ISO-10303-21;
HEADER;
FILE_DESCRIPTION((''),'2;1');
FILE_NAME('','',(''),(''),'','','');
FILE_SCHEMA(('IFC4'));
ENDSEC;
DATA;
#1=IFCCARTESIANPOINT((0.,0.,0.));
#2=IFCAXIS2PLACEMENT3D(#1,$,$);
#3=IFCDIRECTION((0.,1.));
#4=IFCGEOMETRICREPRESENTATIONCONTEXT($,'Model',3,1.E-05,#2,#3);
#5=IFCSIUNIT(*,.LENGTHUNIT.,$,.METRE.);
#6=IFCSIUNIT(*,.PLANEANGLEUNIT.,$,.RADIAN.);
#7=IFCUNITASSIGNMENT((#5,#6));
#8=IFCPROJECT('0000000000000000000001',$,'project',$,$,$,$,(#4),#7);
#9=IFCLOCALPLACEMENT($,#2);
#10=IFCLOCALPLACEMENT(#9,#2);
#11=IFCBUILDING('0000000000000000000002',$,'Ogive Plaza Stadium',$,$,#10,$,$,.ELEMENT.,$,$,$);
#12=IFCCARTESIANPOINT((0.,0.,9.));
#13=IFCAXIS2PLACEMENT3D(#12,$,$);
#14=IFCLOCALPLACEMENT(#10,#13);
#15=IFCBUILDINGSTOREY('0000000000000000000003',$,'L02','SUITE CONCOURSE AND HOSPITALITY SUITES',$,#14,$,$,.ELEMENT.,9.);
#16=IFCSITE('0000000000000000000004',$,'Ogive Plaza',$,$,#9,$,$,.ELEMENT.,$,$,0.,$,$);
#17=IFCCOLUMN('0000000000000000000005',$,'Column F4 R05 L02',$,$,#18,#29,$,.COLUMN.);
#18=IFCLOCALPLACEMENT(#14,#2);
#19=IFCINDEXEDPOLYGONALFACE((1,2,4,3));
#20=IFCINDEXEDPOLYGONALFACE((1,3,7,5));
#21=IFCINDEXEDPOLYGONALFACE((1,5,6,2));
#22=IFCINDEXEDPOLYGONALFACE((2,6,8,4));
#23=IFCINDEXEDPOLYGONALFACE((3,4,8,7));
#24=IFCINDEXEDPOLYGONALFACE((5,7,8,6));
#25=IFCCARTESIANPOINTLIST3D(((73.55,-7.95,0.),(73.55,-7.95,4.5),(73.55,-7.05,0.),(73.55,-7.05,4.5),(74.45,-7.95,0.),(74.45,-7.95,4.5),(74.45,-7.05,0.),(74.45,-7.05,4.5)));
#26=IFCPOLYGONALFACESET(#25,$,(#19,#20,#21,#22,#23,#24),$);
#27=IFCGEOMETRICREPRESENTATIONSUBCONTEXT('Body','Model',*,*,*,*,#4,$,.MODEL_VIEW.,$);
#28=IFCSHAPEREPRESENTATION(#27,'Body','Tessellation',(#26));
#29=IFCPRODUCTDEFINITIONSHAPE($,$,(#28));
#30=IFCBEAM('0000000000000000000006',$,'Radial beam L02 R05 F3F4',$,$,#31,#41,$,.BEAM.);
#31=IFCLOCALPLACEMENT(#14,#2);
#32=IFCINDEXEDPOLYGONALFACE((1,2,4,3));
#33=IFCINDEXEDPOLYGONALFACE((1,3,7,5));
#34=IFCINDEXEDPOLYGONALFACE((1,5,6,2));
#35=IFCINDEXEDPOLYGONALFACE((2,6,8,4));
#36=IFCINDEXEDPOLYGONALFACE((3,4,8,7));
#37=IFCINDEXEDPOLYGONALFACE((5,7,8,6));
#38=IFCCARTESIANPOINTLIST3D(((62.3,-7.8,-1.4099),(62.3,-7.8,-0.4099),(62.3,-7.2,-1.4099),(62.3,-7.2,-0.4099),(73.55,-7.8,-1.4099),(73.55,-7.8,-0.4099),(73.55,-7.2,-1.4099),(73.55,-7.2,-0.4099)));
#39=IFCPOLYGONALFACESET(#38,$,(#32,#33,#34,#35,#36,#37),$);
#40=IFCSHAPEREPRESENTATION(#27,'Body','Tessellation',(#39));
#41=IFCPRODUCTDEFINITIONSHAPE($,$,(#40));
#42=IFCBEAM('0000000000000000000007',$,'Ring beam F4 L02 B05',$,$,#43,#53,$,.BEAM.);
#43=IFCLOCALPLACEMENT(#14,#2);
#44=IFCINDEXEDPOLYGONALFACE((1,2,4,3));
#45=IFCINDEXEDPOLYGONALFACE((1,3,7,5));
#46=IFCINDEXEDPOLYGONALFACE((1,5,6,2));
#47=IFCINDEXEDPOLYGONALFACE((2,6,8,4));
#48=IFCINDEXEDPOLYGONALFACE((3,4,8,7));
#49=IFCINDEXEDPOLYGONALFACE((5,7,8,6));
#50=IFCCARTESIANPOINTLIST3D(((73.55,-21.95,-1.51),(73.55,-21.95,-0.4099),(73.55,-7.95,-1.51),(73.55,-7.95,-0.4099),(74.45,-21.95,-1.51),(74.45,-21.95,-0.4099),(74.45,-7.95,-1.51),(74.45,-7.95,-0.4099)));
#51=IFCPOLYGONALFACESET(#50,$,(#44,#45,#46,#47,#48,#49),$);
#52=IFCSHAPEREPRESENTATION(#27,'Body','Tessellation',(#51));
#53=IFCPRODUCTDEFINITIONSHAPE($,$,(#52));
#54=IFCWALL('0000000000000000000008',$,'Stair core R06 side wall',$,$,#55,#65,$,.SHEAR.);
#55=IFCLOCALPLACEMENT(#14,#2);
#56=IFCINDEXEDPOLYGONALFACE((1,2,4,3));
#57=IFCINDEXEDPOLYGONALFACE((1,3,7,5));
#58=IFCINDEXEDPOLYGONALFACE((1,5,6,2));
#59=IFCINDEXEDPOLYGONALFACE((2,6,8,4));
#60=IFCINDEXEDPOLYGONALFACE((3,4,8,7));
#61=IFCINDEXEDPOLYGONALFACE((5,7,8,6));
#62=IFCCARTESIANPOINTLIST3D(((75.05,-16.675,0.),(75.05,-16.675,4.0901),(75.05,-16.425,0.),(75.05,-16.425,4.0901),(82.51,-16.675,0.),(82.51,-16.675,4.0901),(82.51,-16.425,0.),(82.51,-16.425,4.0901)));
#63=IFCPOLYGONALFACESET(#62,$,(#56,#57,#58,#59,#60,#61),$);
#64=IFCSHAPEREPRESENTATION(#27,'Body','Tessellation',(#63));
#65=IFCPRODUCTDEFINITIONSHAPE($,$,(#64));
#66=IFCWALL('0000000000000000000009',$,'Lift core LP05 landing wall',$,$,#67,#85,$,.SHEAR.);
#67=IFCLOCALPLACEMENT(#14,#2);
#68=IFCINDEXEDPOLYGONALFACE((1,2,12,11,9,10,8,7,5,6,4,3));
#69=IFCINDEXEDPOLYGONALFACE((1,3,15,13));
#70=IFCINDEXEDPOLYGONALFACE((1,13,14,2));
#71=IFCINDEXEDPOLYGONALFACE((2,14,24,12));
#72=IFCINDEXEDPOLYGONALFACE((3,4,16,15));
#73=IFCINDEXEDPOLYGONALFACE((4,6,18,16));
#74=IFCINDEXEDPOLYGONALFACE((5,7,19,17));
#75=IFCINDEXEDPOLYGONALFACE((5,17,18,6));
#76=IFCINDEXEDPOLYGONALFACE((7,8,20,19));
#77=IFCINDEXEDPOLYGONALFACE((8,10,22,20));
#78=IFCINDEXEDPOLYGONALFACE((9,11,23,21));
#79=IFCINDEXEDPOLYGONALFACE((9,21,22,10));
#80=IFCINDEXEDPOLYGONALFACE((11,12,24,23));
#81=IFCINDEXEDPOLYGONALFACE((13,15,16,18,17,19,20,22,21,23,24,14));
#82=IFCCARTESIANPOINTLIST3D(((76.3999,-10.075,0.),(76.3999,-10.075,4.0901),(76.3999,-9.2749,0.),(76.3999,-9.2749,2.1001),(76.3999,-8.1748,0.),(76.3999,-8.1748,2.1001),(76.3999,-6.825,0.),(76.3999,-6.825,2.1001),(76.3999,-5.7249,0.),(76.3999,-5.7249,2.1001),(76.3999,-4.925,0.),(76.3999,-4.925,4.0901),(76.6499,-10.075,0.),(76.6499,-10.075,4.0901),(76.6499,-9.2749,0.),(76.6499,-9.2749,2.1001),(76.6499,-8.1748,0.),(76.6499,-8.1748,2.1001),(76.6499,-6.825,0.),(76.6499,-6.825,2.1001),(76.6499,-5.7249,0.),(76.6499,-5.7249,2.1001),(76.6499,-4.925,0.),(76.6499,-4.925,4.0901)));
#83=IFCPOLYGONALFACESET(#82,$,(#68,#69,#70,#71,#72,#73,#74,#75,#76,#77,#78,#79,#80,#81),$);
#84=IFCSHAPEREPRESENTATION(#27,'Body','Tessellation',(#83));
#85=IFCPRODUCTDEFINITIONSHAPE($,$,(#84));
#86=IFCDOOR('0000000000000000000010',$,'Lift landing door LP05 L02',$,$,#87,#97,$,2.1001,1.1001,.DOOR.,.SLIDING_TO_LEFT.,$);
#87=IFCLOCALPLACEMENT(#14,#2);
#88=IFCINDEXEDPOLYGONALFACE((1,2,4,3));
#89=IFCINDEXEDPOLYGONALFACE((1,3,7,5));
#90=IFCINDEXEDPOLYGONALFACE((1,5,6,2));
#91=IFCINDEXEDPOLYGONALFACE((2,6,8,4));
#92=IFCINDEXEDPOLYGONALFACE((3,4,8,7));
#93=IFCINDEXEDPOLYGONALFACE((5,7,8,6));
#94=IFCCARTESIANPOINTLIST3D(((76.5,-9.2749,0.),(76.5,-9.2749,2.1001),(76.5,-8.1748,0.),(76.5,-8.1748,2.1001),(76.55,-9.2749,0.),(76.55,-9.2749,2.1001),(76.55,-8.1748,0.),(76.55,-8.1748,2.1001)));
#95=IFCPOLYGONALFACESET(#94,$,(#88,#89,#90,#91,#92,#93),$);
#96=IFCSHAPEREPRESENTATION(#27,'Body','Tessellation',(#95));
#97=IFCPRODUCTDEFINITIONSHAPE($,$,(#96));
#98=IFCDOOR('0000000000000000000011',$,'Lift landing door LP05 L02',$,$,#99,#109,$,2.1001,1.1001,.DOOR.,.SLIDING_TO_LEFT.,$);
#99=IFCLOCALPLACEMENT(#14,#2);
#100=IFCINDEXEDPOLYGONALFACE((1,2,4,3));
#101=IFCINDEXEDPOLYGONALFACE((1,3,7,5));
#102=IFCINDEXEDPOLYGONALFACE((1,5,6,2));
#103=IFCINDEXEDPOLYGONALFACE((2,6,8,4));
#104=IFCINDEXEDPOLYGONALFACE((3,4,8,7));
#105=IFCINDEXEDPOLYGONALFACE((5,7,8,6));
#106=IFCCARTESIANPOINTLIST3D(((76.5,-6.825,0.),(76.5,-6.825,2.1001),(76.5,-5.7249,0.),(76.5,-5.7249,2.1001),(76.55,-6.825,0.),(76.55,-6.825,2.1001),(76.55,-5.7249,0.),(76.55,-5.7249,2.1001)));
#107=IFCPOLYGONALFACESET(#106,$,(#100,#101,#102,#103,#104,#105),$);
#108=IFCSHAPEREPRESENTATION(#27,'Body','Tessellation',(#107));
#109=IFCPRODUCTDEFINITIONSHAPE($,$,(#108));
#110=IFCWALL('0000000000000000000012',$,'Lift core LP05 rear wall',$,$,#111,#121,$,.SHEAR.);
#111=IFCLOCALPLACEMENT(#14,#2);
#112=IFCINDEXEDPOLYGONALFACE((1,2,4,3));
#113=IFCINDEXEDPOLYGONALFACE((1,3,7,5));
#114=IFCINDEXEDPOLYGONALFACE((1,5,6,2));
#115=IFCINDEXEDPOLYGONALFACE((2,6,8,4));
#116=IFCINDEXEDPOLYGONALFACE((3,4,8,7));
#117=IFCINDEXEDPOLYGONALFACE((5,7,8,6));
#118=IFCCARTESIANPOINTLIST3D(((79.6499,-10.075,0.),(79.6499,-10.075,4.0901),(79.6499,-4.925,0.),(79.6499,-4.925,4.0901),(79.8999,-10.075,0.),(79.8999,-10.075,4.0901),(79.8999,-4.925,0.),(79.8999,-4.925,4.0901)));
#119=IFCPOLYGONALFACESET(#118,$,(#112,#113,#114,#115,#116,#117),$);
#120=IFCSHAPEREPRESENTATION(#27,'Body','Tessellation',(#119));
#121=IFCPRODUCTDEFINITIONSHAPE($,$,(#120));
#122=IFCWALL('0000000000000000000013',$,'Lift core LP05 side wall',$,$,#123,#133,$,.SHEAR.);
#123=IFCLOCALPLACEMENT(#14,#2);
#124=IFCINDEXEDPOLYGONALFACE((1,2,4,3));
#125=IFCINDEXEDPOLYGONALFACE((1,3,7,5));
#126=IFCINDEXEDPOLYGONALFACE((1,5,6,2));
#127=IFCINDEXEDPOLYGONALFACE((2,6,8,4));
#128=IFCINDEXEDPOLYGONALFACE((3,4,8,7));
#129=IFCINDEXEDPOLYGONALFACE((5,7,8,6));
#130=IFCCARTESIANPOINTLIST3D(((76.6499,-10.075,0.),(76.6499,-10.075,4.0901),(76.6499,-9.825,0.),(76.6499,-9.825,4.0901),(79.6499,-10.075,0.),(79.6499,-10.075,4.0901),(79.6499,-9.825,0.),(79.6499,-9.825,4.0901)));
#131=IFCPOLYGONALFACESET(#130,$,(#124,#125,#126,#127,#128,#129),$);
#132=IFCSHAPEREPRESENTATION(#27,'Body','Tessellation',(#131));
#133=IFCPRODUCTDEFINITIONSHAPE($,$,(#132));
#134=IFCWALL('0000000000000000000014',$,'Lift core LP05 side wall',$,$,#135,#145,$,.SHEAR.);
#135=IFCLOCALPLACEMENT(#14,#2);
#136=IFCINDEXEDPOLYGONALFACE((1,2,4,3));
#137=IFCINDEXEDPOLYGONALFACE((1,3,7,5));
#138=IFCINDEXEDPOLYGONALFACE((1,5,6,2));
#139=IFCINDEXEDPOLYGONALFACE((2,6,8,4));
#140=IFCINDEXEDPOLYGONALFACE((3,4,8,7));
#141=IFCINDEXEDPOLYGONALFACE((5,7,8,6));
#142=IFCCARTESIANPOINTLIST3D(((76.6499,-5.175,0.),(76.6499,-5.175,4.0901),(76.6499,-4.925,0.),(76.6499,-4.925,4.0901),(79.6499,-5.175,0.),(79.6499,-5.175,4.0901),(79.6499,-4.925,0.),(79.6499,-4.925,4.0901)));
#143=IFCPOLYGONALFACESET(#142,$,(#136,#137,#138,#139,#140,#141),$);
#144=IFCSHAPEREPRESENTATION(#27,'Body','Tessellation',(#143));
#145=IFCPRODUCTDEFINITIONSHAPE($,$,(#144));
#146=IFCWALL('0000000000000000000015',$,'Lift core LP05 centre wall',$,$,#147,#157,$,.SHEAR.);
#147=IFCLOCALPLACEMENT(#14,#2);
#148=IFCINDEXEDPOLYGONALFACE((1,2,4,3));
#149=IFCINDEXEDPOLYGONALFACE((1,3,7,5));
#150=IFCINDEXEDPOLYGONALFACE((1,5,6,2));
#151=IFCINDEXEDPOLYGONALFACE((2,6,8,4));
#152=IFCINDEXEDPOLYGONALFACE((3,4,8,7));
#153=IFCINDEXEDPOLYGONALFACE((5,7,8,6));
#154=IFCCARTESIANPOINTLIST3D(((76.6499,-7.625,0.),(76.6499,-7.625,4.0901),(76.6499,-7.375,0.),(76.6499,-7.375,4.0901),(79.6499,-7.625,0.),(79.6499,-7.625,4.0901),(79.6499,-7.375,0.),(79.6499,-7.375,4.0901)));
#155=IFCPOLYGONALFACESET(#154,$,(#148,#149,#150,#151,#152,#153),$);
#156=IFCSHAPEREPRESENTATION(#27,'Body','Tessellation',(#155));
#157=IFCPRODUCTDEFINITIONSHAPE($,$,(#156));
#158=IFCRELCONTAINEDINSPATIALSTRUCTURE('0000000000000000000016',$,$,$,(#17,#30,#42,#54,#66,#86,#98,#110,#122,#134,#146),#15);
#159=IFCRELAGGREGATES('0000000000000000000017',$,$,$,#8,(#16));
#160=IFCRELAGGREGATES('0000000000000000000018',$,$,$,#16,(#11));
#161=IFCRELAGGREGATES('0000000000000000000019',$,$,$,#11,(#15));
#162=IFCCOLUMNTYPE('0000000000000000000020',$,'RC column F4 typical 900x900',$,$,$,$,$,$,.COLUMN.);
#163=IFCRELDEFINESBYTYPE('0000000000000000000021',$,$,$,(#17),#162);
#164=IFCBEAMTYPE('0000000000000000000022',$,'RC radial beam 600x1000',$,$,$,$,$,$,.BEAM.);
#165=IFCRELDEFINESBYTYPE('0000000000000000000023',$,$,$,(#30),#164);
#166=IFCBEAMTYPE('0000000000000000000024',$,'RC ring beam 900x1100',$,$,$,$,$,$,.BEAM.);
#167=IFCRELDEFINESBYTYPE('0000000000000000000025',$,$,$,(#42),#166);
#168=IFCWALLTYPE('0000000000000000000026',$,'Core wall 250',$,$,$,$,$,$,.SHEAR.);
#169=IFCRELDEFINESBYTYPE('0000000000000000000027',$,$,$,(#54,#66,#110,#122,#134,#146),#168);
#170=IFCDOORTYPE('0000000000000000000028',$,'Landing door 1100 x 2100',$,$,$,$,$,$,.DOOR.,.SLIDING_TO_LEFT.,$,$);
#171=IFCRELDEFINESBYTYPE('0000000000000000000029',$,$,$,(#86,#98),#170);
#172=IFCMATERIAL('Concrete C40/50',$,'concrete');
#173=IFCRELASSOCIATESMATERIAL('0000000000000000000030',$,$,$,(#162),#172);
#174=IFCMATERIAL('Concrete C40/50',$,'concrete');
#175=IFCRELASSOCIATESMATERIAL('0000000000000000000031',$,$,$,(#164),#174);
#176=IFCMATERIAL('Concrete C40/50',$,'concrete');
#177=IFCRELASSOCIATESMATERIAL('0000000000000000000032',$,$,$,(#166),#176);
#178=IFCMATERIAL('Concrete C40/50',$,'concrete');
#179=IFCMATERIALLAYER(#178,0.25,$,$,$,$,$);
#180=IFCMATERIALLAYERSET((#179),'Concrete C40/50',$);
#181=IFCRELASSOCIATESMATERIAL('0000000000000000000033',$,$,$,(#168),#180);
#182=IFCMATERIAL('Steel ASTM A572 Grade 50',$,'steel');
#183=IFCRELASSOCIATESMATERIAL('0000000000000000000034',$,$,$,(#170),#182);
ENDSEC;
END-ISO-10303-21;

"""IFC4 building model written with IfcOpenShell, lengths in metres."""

from ifc_helpers import new_model, si_unit, direction, frame, frame_2d, origin, origin_2d, place, context, subcontext, project, spatial, rectangle, extrude, material, layer, layer_set, material_profile, profile_set, type_object, element, fill, save


model = new_model("IFC4")

# Units and contexts
model_context = context("Model", 3, precision=1e-05, world=origin(), true_north=direction((0.0, 1.0)))
body_context = subcontext(model_context, "Body", "Model", "MODEL_VIEW")
ifc_project = project(units=[si_unit("LENGTHUNIT", "METRE"), si_unit("PLANEANGLEUNIT", "RADIAN")], contexts=[model_context])

# Site, building, storey
site_placement = place(None, origin())
site = spatial("IfcSite", under=ifc_project, at=site_placement, Name="Ogive Plaza", CompositionType="ELEMENT", RefElevation=0.0)
building_placement = place(site_placement, origin())
building = spatial("IfcBuilding", under=site, at=building_placement, Name="Ogive Plaza Stadium", CompositionType="ELEMENT")
storey_placement = place(building_placement, frame((0.0, 0.0, 9.0)))
storey = spatial("IfcBuildingStorey", under=building, at=storey_placement, Name="L02", Description="SUITE CONCOURSE AND HOSPITALITY SUITES", CompositionType="ELEMENT", Elevation=9.0)

# Column
ifc_material_1 = material(Name="Concrete C40/50", Category="concrete")
ifc_material_profile_1 = material_profile(ifc_material_1, rectangle(XDim=0.8999, YDim=0.8999, at=origin_2d()), Name="RC 900x900")
ifc_profile_set_1 = profile_set([ifc_material_profile_1], Name="Concrete C40/50")
column_type = type_object("IfcColumnType", Name="RC column F4 typical 900x900", PredefinedType="COLUMN", material=ifc_profile_set_1)
column_placement = place(storey_placement, frame((74.0, -7.5, 0.0), z_axis=(0.0, 0.0, 1.0), x_axis=(0.0, 1.0, 0.0)))
element("IfcColumn", 1, at=column_placement, inside=storey, type_object=column_type, Name="Column F4 R05 L02", PredefinedType="COLUMN", context=body_context, shape_type="SweptSolid", body=[
    extrude(rectangle(XDim=0.8999, YDim=0.8999, at=origin_2d()), origin(), (0.0, 0.0, 1.0), 4.5),
])

# Beams
ifc_material_2 = material(Name="Concrete C40/50", Category="concrete")
ifc_material_profile_2 = material_profile(ifc_material_2, rectangle(XDim=0.6001, YDim=1.0, at=origin_2d()), Name="RC 600x1000")
ifc_profile_set_2 = profile_set([ifc_material_profile_2], Name="Concrete C40/50")
beam_type_1 = type_object("IfcBeamType", Name="RC radial beam 600x1000", PredefinedType="BEAM", material=ifc_profile_set_2)
beam_1_placement = place(storey_placement, frame((62.3, -7.5, -0.9099), z_axis=(1.0, 0.0, 0.0), x_axis=(0.0, 1.0, 0.0)))
element("IfcBeam", 2, at=beam_1_placement, inside=storey, type_object=beam_type_1, Name="Radial beam L02 R05 F3F4", PredefinedType="BEAM", context=body_context, shape_type="SweptSolid", body=[
    extrude(rectangle(XDim=0.6001, YDim=1.0, at=origin_2d()), origin(), (0.0, 0.0, 1.0), 11.25),
])
ifc_material_3 = material(Name="Concrete C40/50", Category="concrete")
ifc_material_profile_3 = material_profile(ifc_material_3, rectangle(XDim=0.8999, YDim=1.1001, at=origin_2d()), Name="RC 900x1100")
ifc_profile_set_3 = profile_set([ifc_material_profile_3], Name="Concrete C40/50")
beam_type_2 = type_object("IfcBeamType", Name="RC ring beam 900x1100", PredefinedType="BEAM", material=ifc_profile_set_3)
beam_2_placement = place(storey_placement, frame((74.0, -7.95, -0.96), z_axis=(0.0, -1.0, 0.0), x_axis=(1.0, 0.0, 0.0)))
element("IfcBeam", 3, at=beam_2_placement, inside=storey, type_object=beam_type_2, Name="Ring beam F4 L02 B05", PredefinedType="BEAM", context=body_context, shape_type="SweptSolid", body=[
    extrude(rectangle(XDim=0.8999, YDim=1.1001, at=origin_2d()), origin(), (0.0, 0.0, 1.0), 14.0),
])

# Wall
ifc_material_4 = material(Name="Concrete C40/50", Category="concrete")
ifc_layer_1 = layer(ifc_material_4, 0.25)
ifc_layer_set_1 = layer_set([ifc_layer_1], Name="Concrete C40/50")
wall_type_1 = type_object("IfcWallType", Name="Core wall 250", PredefinedType="SHEAR", material=ifc_layer_set_1)
wall_1_placement = place(storey_placement, frame((75.05, -16.55, 0.0), z_axis=(0.0, 0.0, 1.0), x_axis=(1.0, 0.0, 0.0)))
element("IfcWall", 4, at=wall_1_placement, inside=storey, type_object=wall_type_1, Name="Stair core R06 side wall", PredefinedType="SHEAR", context=body_context, shape_type="SweptSolid", body=[
    extrude(rectangle(XDim=7.46, YDim=0.25, at=frame_2d((3.73, 0.0))), origin(), (0.0, 0.0, 1.0), 4.0901),
])

# Wall, openings, doors
wall_2_placement = place(storey_placement, frame((76.5249, -10.075, 0.0), z_axis=(0.0, 0.0, 1.0), x_axis=(0.0, 1.0, 0.0)))
wall_2 = element("IfcWall", 5, at=wall_2_placement, inside=storey, type_object=wall_type_1, Name="Lift core LP05 landing wall", PredefinedType="SHEAR", context=body_context, shape_type="SweptSolid", body=[
    extrude(rectangle(XDim=5.1499, YDim=0.25, at=frame_2d((2.575, 0.0))), origin(), (0.0, 0.0, 1.0), 4.0901),
])
opening_1_placement = place(wall_2_placement, frame((0.8, 0.0, 0.0)))
opening_1 = element("IfcOpeningElement", 6, at=opening_1_placement, cuts=wall_2, PredefinedType="OPENING", context=body_context, shape_type="SweptSolid", body=[
    extrude(rectangle(XDim=1.1001, YDim=2.1001, at=frame_2d((0.55, 1.05))), frame((0.0, 0.125, 0.0), z_axis=(0.0, -1.0, 0.0), x_axis=(1.0, 0.0, 0.0)), (0.0, 0.0, 1.0), 0.25),
])
opening_2_placement = place(wall_2_placement, frame((3.25, 0.0, 0.0)))
opening_2 = element("IfcOpeningElement", 7, at=opening_2_placement, cuts=wall_2, PredefinedType="OPENING", context=body_context, shape_type="SweptSolid", body=[
    extrude(rectangle(XDim=1.1001, YDim=2.1001, at=frame_2d((0.55, 1.05))), frame((0.0, 0.125, 0.0), z_axis=(0.0, -1.0, 0.0), x_axis=(1.0, 0.0, 0.0)), (0.0, 0.0, 1.0), 0.25),
])
ifc_material_5 = material(Name="Steel ASTM A572 Grade 50", Category="steel")
door_type_1 = type_object("IfcDoorType", Name="Landing door 1100 x 2100", OperationType="SLIDING_TO_LEFT", PredefinedType="DOOR", material=ifc_material_5)
door_1_placement = place(opening_1_placement, origin())
door_1 = element("IfcDoor", 8, at=door_1_placement, inside=storey, type_object=door_type_1, Name="Lift landing door LP05 L02", OperationType="SLIDING_TO_LEFT", OverallHeight=2.1001, OverallWidth=1.1001, PredefinedType="DOOR", context=body_context, shape_type="SweptSolid", body=[
    extrude(rectangle(XDim=1.1001, YDim=2.1001, at=frame_2d((0.55, 1.05))), frame((0.0, 0.0249, 0.0), z_axis=(0.0, -1.0, 0.0), x_axis=(1.0, 0.0, 0.0)), (0.0, 0.0, 1.0), 0.05),
])
fill(opening_1, door_1)
door_2_placement = place(opening_2_placement, origin())
door_2 = element("IfcDoor", 9, at=door_2_placement, inside=storey, type_object=door_type_1, Name="Lift landing door LP05 L02", OperationType="SLIDING_TO_LEFT", OverallHeight=2.1001, OverallWidth=1.1001, PredefinedType="DOOR", context=body_context, shape_type="SweptSolid", body=[
    extrude(rectangle(XDim=1.1001, YDim=2.1001, at=frame_2d((0.55, 1.05))), frame((0.0, 0.0249, 0.0), z_axis=(0.0, -1.0, 0.0), x_axis=(1.0, 0.0, 0.0)), (0.0, 0.0, 1.0), 0.05),
])
fill(opening_2, door_2)

# Walls
wall_3_placement = place(storey_placement, frame((79.7749, -10.075, 0.0), z_axis=(0.0, 0.0, 1.0), x_axis=(0.0, 1.0, 0.0)))
element("IfcWall", 10, at=wall_3_placement, inside=storey, type_object=wall_type_1, Name="Lift core LP05 rear wall", PredefinedType="SHEAR", context=body_context, shape_type="SweptSolid", body=[
    extrude(rectangle(XDim=5.1499, YDim=0.25, at=frame_2d((2.575, 0.0))), origin(), (0.0, 0.0, 1.0), 4.0901),
])
for number, where, z_axis, x_axis, name in (
    (11, (76.6499, -9.95, 0.0), (0.0, 0.0, 1.0), (1.0, 0.0, 0.0), "Lift core LP05 side wall"),
    (12, (76.6499, -5.05, 0.0), (0.0, 0.0, 1.0), (1.0, 0.0, 0.0), "Lift core LP05 side wall"),
    (13, (76.6499, -7.5, 0.0), (0.0, 0.0, 1.0), (1.0, 0.0, 0.0), "Lift core LP05 centre wall"),
):
    element("IfcWall", number, at=place(storey_placement, frame(where, z_axis=z_axis, x_axis=x_axis)), inside=storey, type_object=wall_type_1, Name=name, PredefinedType="SHEAR", context=body_context, shape_type="SweptSolid", body=[
        extrude(rectangle(XDim=3.0, YDim=0.25, at=frame_2d((1.5, 0.0))), origin(), (0.0, 0.0, 1.0), 4.0901),
    ])

save(model, "model.ifc")
